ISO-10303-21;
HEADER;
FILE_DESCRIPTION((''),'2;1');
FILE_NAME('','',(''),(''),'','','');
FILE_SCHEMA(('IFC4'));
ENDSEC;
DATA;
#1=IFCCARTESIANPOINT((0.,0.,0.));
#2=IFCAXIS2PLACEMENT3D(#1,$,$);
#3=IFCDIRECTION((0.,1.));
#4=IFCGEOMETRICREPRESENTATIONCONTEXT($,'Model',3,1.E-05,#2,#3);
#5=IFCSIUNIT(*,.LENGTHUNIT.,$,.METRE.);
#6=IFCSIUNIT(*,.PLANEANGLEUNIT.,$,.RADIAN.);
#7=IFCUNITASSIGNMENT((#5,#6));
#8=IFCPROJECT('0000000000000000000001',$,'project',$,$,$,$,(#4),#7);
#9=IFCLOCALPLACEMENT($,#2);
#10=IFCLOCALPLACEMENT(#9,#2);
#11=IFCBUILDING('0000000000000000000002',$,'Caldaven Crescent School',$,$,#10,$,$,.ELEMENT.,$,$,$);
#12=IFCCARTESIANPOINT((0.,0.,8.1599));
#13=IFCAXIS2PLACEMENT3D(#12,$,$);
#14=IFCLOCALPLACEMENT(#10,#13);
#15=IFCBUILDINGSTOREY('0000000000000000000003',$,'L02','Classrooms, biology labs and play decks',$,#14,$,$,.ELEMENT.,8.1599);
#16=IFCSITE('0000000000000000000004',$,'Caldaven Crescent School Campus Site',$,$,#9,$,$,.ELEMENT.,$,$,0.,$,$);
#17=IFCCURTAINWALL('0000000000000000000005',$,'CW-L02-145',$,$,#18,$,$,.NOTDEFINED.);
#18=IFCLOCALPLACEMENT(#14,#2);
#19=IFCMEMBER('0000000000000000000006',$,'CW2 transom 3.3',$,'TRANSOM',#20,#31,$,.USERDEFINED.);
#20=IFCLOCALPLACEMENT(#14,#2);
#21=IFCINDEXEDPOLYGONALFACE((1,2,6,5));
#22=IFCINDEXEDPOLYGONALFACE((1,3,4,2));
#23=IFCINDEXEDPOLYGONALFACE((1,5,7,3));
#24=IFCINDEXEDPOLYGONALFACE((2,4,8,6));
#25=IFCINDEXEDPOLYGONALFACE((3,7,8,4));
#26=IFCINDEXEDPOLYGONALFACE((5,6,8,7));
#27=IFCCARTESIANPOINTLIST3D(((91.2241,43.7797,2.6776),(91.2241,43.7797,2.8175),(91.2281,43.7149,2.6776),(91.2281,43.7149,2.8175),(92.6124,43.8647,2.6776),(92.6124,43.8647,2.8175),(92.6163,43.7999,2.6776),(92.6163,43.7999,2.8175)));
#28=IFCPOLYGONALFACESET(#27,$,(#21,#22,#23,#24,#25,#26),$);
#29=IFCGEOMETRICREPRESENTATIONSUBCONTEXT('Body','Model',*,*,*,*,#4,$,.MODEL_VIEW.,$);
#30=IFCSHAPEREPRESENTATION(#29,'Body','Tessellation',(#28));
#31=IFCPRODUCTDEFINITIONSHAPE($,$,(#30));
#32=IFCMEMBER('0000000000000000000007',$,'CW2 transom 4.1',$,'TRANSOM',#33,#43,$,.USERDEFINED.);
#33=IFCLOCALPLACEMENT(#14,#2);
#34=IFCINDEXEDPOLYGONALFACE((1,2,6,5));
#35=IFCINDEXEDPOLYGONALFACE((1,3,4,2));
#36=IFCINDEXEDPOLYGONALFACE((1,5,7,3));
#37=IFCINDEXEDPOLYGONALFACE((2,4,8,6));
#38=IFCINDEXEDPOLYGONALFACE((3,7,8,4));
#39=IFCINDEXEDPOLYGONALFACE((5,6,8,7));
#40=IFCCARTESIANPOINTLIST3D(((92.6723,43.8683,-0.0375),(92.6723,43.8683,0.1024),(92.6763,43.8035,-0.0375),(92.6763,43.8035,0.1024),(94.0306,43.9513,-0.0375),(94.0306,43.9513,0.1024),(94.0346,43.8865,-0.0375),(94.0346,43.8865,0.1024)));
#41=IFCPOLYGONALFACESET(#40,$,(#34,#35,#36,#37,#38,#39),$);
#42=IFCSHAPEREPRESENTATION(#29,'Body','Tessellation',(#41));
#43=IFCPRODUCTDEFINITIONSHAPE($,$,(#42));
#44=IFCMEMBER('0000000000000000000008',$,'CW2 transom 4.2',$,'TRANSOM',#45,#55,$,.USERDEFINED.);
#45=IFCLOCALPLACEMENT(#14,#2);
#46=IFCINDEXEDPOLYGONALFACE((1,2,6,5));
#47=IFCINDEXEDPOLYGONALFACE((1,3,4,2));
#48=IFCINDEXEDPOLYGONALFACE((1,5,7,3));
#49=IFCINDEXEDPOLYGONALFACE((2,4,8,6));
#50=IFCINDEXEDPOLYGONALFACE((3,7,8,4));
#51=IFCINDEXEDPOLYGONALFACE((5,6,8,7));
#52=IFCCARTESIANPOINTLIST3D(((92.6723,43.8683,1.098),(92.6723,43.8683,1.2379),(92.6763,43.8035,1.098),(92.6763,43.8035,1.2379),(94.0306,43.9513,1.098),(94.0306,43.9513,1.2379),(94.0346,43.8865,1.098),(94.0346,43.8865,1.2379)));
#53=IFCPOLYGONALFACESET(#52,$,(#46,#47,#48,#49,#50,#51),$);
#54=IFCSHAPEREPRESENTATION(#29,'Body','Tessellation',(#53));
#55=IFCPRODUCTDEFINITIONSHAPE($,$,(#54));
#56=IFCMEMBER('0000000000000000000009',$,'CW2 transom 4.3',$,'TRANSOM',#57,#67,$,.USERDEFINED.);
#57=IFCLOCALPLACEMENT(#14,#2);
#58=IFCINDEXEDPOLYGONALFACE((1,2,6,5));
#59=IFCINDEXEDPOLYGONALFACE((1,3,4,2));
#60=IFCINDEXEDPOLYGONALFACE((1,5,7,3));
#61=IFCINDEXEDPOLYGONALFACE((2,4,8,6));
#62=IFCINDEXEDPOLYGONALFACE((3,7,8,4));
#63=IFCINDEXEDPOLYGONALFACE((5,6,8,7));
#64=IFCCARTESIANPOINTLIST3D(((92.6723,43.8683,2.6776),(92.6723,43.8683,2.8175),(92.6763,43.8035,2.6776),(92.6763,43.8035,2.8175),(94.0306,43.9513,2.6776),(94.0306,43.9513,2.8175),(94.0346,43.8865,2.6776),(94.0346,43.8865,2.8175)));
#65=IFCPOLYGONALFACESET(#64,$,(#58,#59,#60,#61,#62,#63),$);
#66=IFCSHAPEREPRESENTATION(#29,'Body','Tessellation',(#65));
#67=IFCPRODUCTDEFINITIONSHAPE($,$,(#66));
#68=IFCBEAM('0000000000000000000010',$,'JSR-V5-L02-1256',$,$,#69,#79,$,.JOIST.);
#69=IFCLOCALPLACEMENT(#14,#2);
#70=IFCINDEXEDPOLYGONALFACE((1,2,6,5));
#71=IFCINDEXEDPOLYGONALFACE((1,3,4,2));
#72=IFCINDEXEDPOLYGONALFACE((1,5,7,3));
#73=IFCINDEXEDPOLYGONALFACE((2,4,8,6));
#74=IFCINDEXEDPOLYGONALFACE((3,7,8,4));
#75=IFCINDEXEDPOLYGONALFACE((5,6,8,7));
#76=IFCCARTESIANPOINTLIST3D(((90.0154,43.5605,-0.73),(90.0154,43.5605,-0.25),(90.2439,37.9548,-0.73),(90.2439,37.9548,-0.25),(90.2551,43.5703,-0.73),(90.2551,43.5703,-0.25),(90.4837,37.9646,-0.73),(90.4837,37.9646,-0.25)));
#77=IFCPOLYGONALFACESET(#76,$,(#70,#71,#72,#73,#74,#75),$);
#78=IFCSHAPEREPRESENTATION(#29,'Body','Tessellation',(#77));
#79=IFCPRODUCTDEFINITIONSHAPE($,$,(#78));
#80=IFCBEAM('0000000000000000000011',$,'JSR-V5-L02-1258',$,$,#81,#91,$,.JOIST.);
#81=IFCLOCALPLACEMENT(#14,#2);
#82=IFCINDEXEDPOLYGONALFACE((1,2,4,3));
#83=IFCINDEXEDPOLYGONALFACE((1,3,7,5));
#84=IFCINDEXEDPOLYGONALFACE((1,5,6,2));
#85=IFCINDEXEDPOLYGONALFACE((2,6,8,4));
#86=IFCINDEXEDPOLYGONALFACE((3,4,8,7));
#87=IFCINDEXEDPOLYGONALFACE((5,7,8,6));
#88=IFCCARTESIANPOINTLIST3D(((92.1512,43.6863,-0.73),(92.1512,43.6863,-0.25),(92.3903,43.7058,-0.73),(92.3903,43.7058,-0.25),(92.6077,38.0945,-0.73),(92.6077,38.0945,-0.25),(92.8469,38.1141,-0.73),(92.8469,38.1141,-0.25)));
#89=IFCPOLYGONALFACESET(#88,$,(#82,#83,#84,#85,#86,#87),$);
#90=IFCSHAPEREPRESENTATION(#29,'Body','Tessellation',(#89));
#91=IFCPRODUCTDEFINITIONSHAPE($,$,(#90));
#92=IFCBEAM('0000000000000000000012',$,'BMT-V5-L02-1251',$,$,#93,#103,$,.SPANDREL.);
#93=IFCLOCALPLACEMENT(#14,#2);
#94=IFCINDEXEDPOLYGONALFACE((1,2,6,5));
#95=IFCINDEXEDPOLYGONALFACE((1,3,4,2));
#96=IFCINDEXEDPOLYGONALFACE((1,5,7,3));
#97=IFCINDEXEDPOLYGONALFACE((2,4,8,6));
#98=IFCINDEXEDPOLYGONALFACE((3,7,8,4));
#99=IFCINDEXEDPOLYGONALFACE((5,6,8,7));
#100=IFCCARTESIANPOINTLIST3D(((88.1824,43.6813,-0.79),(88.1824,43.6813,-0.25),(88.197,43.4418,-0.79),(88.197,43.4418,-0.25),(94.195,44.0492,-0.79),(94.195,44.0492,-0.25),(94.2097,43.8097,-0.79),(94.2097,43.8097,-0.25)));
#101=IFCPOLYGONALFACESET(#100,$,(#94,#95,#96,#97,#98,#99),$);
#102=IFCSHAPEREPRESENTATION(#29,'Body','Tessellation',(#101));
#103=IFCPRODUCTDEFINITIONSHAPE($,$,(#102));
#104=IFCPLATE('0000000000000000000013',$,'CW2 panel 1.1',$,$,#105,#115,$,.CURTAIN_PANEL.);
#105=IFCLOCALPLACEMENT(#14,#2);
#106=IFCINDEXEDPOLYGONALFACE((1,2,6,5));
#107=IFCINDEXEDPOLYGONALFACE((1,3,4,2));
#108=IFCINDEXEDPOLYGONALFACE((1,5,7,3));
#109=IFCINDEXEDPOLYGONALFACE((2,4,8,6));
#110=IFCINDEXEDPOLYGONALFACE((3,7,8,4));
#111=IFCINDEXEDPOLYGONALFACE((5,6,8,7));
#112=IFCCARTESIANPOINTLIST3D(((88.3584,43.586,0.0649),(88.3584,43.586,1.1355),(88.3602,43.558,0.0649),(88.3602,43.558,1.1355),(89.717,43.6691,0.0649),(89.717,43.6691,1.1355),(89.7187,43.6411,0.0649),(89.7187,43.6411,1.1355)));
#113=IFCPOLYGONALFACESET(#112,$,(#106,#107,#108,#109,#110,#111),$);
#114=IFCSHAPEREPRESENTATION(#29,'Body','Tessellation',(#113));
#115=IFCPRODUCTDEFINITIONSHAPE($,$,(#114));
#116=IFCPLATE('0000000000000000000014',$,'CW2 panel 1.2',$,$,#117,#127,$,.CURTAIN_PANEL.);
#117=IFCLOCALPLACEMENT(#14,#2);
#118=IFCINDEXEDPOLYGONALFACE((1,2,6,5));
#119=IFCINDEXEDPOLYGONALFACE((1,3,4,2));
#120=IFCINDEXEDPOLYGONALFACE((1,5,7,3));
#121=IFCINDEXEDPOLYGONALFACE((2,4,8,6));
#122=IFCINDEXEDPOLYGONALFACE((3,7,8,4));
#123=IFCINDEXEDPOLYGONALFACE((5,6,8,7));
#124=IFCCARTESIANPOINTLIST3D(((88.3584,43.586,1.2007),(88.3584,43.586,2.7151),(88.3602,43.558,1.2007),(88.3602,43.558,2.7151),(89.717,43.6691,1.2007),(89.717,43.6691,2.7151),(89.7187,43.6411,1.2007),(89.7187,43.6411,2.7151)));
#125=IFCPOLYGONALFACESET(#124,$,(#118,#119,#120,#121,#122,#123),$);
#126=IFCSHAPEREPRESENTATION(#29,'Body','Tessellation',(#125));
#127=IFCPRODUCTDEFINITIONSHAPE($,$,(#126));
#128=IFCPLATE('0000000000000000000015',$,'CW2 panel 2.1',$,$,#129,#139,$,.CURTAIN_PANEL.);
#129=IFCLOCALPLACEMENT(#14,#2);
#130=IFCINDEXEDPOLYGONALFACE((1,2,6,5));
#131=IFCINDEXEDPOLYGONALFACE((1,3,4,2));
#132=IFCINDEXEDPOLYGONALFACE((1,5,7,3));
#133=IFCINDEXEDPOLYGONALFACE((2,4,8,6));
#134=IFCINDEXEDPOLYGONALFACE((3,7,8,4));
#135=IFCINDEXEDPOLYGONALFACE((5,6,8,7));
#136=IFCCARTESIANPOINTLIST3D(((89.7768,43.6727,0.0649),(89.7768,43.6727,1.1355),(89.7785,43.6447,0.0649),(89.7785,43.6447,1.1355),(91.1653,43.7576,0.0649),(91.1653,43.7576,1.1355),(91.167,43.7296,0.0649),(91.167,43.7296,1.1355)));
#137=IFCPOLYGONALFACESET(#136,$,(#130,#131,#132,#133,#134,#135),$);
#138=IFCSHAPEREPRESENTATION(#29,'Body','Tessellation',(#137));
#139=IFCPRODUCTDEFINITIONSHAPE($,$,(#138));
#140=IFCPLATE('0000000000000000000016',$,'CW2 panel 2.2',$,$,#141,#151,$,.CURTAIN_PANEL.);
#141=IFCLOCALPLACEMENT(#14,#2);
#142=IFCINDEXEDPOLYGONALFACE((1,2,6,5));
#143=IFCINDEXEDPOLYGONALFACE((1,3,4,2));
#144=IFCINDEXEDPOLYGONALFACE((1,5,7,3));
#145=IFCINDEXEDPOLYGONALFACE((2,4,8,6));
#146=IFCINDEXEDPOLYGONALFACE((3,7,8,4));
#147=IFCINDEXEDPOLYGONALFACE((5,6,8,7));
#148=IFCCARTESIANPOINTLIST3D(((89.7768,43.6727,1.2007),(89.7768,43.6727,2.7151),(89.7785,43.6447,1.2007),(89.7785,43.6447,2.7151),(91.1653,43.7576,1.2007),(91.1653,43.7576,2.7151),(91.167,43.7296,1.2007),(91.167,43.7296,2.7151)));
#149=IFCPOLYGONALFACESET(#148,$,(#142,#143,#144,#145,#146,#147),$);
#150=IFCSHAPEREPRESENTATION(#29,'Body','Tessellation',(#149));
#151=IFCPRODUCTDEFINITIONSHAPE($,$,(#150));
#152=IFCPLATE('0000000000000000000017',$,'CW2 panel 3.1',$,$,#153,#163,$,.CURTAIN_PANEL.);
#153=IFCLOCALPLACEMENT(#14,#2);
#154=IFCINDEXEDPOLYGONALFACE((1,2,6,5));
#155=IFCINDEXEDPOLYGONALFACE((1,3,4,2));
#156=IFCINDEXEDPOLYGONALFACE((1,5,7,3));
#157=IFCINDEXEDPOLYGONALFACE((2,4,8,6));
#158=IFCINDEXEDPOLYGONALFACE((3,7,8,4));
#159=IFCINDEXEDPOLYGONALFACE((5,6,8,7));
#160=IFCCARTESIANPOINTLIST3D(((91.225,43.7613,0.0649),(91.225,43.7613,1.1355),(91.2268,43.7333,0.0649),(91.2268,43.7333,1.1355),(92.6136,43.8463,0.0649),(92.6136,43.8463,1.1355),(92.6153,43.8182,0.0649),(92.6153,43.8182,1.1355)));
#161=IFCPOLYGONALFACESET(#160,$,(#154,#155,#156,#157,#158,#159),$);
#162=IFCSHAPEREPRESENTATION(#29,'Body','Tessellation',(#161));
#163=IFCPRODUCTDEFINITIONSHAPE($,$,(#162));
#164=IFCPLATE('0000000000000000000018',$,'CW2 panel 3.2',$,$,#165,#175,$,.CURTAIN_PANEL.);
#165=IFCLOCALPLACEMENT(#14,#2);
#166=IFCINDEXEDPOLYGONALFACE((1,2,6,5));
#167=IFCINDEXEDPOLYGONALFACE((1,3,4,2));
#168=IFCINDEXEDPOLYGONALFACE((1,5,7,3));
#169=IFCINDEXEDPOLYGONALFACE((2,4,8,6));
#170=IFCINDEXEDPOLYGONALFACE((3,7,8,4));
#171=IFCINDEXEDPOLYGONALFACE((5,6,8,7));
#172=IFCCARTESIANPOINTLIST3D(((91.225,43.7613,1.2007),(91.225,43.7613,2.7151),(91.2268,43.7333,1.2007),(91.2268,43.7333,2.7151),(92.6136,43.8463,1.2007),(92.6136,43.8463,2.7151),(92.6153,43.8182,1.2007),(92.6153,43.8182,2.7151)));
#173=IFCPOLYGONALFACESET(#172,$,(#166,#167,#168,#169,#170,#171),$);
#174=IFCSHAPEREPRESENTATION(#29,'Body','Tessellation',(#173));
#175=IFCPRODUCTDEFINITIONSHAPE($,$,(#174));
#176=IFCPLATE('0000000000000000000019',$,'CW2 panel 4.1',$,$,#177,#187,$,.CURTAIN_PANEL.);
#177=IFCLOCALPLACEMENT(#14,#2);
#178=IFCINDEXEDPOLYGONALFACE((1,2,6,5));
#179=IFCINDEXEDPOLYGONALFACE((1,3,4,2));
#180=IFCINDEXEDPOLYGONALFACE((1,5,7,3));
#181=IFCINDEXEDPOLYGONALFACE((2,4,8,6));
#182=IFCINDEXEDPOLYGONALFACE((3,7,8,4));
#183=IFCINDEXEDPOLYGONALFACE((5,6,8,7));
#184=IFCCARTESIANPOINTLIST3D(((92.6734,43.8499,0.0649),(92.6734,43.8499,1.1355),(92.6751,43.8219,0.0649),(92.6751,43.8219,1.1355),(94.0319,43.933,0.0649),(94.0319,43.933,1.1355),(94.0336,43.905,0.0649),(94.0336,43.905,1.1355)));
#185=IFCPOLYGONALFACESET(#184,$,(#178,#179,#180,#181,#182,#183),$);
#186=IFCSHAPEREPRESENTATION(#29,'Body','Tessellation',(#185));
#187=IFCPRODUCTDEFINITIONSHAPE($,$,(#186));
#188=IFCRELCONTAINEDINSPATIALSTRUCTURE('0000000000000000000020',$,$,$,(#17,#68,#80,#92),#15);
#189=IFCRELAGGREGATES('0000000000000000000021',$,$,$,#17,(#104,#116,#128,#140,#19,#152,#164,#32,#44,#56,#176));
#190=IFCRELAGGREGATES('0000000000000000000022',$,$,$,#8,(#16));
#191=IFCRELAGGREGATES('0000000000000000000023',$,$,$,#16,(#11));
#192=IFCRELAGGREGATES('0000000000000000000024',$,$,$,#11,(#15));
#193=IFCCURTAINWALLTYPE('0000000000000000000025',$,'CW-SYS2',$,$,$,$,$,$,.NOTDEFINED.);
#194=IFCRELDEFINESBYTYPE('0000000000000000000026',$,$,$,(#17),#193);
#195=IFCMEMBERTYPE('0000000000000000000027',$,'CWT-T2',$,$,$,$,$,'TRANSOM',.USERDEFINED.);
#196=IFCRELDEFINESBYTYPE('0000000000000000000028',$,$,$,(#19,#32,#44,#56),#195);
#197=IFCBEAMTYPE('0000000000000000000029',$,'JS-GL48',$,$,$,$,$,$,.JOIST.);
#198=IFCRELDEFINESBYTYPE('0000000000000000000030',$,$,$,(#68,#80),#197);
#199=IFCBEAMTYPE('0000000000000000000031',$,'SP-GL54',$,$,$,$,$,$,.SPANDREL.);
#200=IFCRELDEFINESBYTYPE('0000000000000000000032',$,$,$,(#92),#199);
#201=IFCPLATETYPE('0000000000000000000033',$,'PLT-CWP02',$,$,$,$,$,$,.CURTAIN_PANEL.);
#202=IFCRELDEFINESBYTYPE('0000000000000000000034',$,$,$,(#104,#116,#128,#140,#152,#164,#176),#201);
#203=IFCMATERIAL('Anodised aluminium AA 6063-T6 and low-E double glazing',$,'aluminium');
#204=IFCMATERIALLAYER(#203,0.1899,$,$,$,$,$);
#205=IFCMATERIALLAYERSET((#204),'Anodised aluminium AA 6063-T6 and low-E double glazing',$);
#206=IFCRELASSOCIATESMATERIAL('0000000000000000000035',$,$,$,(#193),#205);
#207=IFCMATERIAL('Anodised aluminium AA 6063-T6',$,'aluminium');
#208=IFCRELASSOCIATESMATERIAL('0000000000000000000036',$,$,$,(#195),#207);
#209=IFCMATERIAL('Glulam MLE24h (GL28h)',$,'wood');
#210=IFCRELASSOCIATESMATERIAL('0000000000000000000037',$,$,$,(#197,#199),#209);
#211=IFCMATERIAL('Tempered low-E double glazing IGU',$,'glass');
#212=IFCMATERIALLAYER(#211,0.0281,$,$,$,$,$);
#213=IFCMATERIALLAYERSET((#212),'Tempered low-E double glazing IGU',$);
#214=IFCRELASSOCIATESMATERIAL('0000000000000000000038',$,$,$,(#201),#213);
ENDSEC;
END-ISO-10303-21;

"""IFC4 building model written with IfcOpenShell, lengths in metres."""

from ifc_helpers import new_model, si_unit, direction, frame, origin, origin_2d, place, context, subcontext, project, spatial, rectangle, extrude, material, layer, layer_set, material_profile, profile_set, type_object, element, aggregate, save


model = new_model("IFC4")

# Units and contexts
model_context = context("Model", 3, precision=1e-05, world=origin(), true_north=direction((0.0, 1.0)))
body_context = subcontext(model_context, "Body", "Model", "MODEL_VIEW")
ifc_project = project(units=[si_unit("LENGTHUNIT", "METRE"), si_unit("PLANEANGLEUNIT", "RADIAN")], contexts=[model_context])

# Site, building, storey
site_placement = place(None, origin())
site = spatial("IfcSite", under=ifc_project, at=site_placement, Name="Caldaven Crescent School Campus Site", CompositionType="ELEMENT", RefElevation=0.0)
building_placement = place(site_placement, origin())
building = spatial("IfcBuilding", under=site, at=building_placement, Name="Caldaven Crescent School", CompositionType="ELEMENT")
storey_placement = place(building_placement, frame((0.0, 0.0, 8.1599)))
storey = spatial("IfcBuildingStorey", under=building, at=storey_placement, Name="L02", Description="Classrooms, biology labs and play decks", CompositionType="ELEMENT", Elevation=8.1599)

# Shared definitions
ifc_material_1 = material(Name="Glulam MLE24h (GL28h)", Category="wood")

# Curtain wall, members
ifc_material_2 = material(Name="Anodised aluminium AA 6063-T6 and low-E double glazing", Category="aluminium")
ifc_layer_1 = layer(ifc_material_2, 0.1899)
ifc_layer_set_1 = layer_set([ifc_layer_1], Name="Anodised aluminium AA 6063-T6 and low-E double glazing")
curtain_wall_type = type_object("IfcCurtainWallType", Name="CW-SYS2", PredefinedType="NOTDEFINED", material=ifc_layer_set_1)
curtain_wall_placement = place(storey_placement, origin())
curtain_wall = element("IfcCurtainWall", 1, at=curtain_wall_placement, inside=storey, type_object=curtain_wall_type, Name="CW-L02-145", PredefinedType="NOTDEFINED")
ifc_material_3 = material(Name="Anodised aluminium AA 6063-T6", Category="aluminium")
ifc_material_profile_1 = material_profile(ifc_material_3, rectangle(XDim=0.0649, YDim=0.1399, at=origin_2d()), Name="CWT 65x140")
ifc_profile_set_1 = profile_set([ifc_material_profile_1], Name="Anodised aluminium AA 6063-T6")
member_type_1 = type_object("IfcMemberType", Name="CWT-T2", ElementType="TRANSOM", PredefinedType="USERDEFINED", material=ifc_profile_set_1)
member_1_placement = place(storey_placement, frame((91.2261, 43.7473, 2.7476), z_axis=(0.998132, 0.061089, 0.0), x_axis=(-0.061089, 0.998132, 0.0)))
member_1 = element("IfcMember", 2, at=member_1_placement, type_object=member_type_1, Name="CW2 transom 3.3", ObjectType="TRANSOM", PredefinedType="USERDEFINED", context=body_context, shape_type="SweptSolid", body=[
    extrude(rectangle(XDim=0.0649, YDim=0.1399, at=origin_2d()), origin(), (0.0, 0.0, 1.0), 1.3909),
])
member_2_placement = place(storey_placement, frame((92.6743, 43.8359, 0.0325), z_axis=(0.998138, 0.060993, 0.0), x_axis=(-0.060993, 0.998138, 0.0)))
member_2 = element("IfcMember", 3, at=member_2_placement, type_object=member_type_1, Name="CW2 transom 4.1", ObjectType="TRANSOM", PredefinedType="USERDEFINED", context=body_context, shape_type="SweptSolid", body=[
    extrude(rectangle(XDim=0.0649, YDim=0.1399, at=origin_2d()), origin(), (0.0, 0.0, 1.0), 1.3608),
])
member_3_placement = place(storey_placement, frame((92.6743, 43.8359, 1.168), z_axis=(0.998138, 0.060993, 0.0), x_axis=(-0.060993, 0.998138, 0.0)))
member_3 = element("IfcMember", 4, at=member_3_placement, type_object=member_type_1, Name="CW2 transom 4.2", ObjectType="TRANSOM", PredefinedType="USERDEFINED", context=body_context, shape_type="SweptSolid", body=[
    extrude(rectangle(XDim=0.0649, YDim=0.1399, at=origin_2d()), origin(), (0.0, 0.0, 1.0), 1.3608),
])
member_4_placement = place(storey_placement, frame((92.6743, 43.8359, 2.7476), z_axis=(0.998138, 0.060993, 0.0), x_axis=(-0.060993, 0.998138, 0.0)))
member_4 = element("IfcMember", 5, at=member_4_placement, type_object=member_type_1, Name="CW2 transom 4.3", ObjectType="TRANSOM", PredefinedType="USERDEFINED", context=body_context, shape_type="SweptSolid", body=[
    extrude(rectangle(XDim=0.0649, YDim=0.1399, at=origin_2d()), origin(), (0.0, 0.0, 1.0), 1.3608),
])

# Beams
ifc_material_profile_2 = material_profile(ifc_material_1, rectangle(XDim=0.24, YDim=0.48, at=origin_2d()), Name="MLE 240x480")
ifc_profile_set_2 = profile_set([ifc_material_profile_2], Name="Glulam MLE24h (GL28h)")
beam_type_1 = type_object("IfcBeamType", Name="JS-GL48", PredefinedType="JOIST", material=ifc_profile_set_2)
for number, where, z_axis, x_axis, name in (
    (6, (90.1353, 43.5654, -0.49), (0.040731, -0.99917, 0.0), (0.99917, 0.040731, 0.0), "JSR-V5-L02-1256"),
    (7, (92.2708, 43.696, -0.49), (0.081374, -0.996684, 0.0), (0.996684, 0.081374, 0.0), "JSR-V5-L02-1258"),
):
    element("IfcBeam", number, at=place(storey_placement, frame(where, z_axis=z_axis, x_axis=x_axis)), inside=storey, type_object=beam_type_1, Name=name, PredefinedType="JOIST", context=body_context, shape_type="SweptSolid", body=[
        extrude(rectangle(XDim=0.24, YDim=0.48, at=origin_2d()), origin(), (0.0, 0.0, 1.0), 5.6104),
    ])
ifc_material_profile_3 = material_profile(ifc_material_1, rectangle(XDim=0.24, YDim=0.54, at=origin_2d()), Name="MLE 240x540")
ifc_profile_set_3 = profile_set([ifc_material_profile_3], Name="Glulam MLE24h (GL28h)")
beam_type_2 = type_object("IfcBeamType", Name="SP-GL54", PredefinedType="SPANDREL", material=ifc_profile_set_3)
beam_1_placement = place(storey_placement, frame((88.1897, 43.5615, -0.52), z_axis=(0.998133, 0.061076, 0.0), x_axis=(-0.061076, 0.998133, 0.0)))
element("IfcBeam", 8, at=beam_1_placement, inside=storey, type_object=beam_type_2, Name="BMT-V5-L02-1251", PredefinedType="SPANDREL", context=body_context, shape_type="SweptSolid", body=[
    extrude(rectangle(XDim=0.24, YDim=0.54, at=origin_2d()), origin(), (0.0, 0.0, 1.0), 6.0239),
])

# Plates
ifc_material_4 = material(Name="Tempered low-E double glazing IGU", Category="glass")
ifc_layer_2 = layer(ifc_material_4, 0.0281)
ifc_layer_set_2 = layer_set([ifc_layer_2], Name="Tempered low-E double glazing IGU")
plate_type = type_object("IfcPlateType", Name="PLT-CWP02", PredefinedType="CURTAIN_PANEL", material=ifc_layer_set_2)
plate_1_placement = place(storey_placement, frame((89.0386, 43.6135, 0.0649), z_axis=(0.0, 0.0, 1.0), x_axis=(0.998135, 0.061049, 0.0)))
plate_1 = element("IfcPlate", 9, at=plate_1_placement, type_object=plate_type, Name="CW2 panel 1.1", PredefinedType="CURTAIN_PANEL", context=body_context, shape_type="SweptSolid", body=[
    extrude(rectangle(XDim=1.3611, YDim=0.0281, at=origin_2d()), origin(), (0.0, 0.0, 1.0), 1.0706),
])
plate_2_placement = place(storey_placement, frame((89.0386, 43.6135, 1.2007), z_axis=(0.0, 0.0, 1.0), x_axis=(0.998135, 0.061049, 0.0)))
plate_2 = element("IfcPlate", 10, at=plate_2_placement, type_object=plate_type, Name="CW2 panel 1.2", PredefinedType="CURTAIN_PANEL", context=body_context, shape_type="SweptSolid", body=[
    extrude(rectangle(XDim=1.3611, YDim=0.0281, at=origin_2d()), origin(), (0.0, 0.0, 1.0), 1.5144),
])
plate_3_placement = place(storey_placement, frame((90.4719, 43.7012, 0.0649), z_axis=(0.0, 0.0, 1.0), x_axis=(0.998135, 0.061049, 0.0)))
plate_3 = element("IfcPlate", 11, at=plate_3_placement, type_object=plate_type, Name="CW2 panel 2.1", PredefinedType="CURTAIN_PANEL", context=body_context, shape_type="SweptSolid", body=[
    extrude(rectangle(XDim=1.3911, YDim=0.0281, at=origin_2d()), origin(), (0.0, 0.0, 1.0), 1.0706),
])
plate_4_placement = place(storey_placement, frame((90.4719, 43.7012, 1.2007), z_axis=(0.0, 0.0, 1.0), x_axis=(0.998135, 0.061049, 0.0)))
plate_4 = element("IfcPlate", 12, at=plate_4_placement, type_object=plate_type, Name="CW2 panel 2.2", PredefinedType="CURTAIN_PANEL", context=body_context, shape_type="SweptSolid", body=[
    extrude(rectangle(XDim=1.3911, YDim=0.0281, at=origin_2d()), origin(), (0.0, 0.0, 1.0), 1.5144),
])
plate_5_placement = place(storey_placement, frame((91.9202, 43.7898, 0.0649), z_axis=(0.0, 0.0, 1.0), x_axis=(0.998135, 0.061049, 0.0)))
plate_5 = element("IfcPlate", 13, at=plate_5_placement, type_object=plate_type, Name="CW2 panel 3.1", PredefinedType="CURTAIN_PANEL", context=body_context, shape_type="SweptSolid", body=[
    extrude(rectangle(XDim=1.3911, YDim=0.0281, at=origin_2d()), origin(), (0.0, 0.0, 1.0), 1.0706),
])
plate_6_placement = place(storey_placement, frame((91.9202, 43.7898, 1.2007), z_axis=(0.0, 0.0, 1.0), x_axis=(0.998135, 0.061049, 0.0)))
plate_6 = element("IfcPlate", 14, at=plate_6_placement, type_object=plate_type, Name="CW2 panel 3.2", PredefinedType="CURTAIN_PANEL", context=body_context, shape_type="SweptSolid", body=[
    extrude(rectangle(XDim=1.3911, YDim=0.0281, at=origin_2d()), origin(), (0.0, 0.0, 1.0), 1.5144),
])
plate_7_placement = place(storey_placement, frame((93.3535, 43.8774, 0.0649), z_axis=(0.0, 0.0, 1.0), x_axis=(0.998135, 0.061049, 0.0)))
plate_7 = element("IfcPlate", 15, at=plate_7_placement, type_object=plate_type, Name="CW2 panel 4.1", PredefinedType="CURTAIN_PANEL", context=body_context, shape_type="SweptSolid", body=[
    extrude(rectangle(XDim=1.3611, YDim=0.0281, at=origin_2d()), origin(), (0.0, 0.0, 1.0), 1.0706),
])
aggregate(curtain_wall, [plate_1, plate_2, plate_3, plate_4, member_1, plate_5, plate_6, member_2, member_3, member_4, plate_7])

save(model, "model.ifc")
